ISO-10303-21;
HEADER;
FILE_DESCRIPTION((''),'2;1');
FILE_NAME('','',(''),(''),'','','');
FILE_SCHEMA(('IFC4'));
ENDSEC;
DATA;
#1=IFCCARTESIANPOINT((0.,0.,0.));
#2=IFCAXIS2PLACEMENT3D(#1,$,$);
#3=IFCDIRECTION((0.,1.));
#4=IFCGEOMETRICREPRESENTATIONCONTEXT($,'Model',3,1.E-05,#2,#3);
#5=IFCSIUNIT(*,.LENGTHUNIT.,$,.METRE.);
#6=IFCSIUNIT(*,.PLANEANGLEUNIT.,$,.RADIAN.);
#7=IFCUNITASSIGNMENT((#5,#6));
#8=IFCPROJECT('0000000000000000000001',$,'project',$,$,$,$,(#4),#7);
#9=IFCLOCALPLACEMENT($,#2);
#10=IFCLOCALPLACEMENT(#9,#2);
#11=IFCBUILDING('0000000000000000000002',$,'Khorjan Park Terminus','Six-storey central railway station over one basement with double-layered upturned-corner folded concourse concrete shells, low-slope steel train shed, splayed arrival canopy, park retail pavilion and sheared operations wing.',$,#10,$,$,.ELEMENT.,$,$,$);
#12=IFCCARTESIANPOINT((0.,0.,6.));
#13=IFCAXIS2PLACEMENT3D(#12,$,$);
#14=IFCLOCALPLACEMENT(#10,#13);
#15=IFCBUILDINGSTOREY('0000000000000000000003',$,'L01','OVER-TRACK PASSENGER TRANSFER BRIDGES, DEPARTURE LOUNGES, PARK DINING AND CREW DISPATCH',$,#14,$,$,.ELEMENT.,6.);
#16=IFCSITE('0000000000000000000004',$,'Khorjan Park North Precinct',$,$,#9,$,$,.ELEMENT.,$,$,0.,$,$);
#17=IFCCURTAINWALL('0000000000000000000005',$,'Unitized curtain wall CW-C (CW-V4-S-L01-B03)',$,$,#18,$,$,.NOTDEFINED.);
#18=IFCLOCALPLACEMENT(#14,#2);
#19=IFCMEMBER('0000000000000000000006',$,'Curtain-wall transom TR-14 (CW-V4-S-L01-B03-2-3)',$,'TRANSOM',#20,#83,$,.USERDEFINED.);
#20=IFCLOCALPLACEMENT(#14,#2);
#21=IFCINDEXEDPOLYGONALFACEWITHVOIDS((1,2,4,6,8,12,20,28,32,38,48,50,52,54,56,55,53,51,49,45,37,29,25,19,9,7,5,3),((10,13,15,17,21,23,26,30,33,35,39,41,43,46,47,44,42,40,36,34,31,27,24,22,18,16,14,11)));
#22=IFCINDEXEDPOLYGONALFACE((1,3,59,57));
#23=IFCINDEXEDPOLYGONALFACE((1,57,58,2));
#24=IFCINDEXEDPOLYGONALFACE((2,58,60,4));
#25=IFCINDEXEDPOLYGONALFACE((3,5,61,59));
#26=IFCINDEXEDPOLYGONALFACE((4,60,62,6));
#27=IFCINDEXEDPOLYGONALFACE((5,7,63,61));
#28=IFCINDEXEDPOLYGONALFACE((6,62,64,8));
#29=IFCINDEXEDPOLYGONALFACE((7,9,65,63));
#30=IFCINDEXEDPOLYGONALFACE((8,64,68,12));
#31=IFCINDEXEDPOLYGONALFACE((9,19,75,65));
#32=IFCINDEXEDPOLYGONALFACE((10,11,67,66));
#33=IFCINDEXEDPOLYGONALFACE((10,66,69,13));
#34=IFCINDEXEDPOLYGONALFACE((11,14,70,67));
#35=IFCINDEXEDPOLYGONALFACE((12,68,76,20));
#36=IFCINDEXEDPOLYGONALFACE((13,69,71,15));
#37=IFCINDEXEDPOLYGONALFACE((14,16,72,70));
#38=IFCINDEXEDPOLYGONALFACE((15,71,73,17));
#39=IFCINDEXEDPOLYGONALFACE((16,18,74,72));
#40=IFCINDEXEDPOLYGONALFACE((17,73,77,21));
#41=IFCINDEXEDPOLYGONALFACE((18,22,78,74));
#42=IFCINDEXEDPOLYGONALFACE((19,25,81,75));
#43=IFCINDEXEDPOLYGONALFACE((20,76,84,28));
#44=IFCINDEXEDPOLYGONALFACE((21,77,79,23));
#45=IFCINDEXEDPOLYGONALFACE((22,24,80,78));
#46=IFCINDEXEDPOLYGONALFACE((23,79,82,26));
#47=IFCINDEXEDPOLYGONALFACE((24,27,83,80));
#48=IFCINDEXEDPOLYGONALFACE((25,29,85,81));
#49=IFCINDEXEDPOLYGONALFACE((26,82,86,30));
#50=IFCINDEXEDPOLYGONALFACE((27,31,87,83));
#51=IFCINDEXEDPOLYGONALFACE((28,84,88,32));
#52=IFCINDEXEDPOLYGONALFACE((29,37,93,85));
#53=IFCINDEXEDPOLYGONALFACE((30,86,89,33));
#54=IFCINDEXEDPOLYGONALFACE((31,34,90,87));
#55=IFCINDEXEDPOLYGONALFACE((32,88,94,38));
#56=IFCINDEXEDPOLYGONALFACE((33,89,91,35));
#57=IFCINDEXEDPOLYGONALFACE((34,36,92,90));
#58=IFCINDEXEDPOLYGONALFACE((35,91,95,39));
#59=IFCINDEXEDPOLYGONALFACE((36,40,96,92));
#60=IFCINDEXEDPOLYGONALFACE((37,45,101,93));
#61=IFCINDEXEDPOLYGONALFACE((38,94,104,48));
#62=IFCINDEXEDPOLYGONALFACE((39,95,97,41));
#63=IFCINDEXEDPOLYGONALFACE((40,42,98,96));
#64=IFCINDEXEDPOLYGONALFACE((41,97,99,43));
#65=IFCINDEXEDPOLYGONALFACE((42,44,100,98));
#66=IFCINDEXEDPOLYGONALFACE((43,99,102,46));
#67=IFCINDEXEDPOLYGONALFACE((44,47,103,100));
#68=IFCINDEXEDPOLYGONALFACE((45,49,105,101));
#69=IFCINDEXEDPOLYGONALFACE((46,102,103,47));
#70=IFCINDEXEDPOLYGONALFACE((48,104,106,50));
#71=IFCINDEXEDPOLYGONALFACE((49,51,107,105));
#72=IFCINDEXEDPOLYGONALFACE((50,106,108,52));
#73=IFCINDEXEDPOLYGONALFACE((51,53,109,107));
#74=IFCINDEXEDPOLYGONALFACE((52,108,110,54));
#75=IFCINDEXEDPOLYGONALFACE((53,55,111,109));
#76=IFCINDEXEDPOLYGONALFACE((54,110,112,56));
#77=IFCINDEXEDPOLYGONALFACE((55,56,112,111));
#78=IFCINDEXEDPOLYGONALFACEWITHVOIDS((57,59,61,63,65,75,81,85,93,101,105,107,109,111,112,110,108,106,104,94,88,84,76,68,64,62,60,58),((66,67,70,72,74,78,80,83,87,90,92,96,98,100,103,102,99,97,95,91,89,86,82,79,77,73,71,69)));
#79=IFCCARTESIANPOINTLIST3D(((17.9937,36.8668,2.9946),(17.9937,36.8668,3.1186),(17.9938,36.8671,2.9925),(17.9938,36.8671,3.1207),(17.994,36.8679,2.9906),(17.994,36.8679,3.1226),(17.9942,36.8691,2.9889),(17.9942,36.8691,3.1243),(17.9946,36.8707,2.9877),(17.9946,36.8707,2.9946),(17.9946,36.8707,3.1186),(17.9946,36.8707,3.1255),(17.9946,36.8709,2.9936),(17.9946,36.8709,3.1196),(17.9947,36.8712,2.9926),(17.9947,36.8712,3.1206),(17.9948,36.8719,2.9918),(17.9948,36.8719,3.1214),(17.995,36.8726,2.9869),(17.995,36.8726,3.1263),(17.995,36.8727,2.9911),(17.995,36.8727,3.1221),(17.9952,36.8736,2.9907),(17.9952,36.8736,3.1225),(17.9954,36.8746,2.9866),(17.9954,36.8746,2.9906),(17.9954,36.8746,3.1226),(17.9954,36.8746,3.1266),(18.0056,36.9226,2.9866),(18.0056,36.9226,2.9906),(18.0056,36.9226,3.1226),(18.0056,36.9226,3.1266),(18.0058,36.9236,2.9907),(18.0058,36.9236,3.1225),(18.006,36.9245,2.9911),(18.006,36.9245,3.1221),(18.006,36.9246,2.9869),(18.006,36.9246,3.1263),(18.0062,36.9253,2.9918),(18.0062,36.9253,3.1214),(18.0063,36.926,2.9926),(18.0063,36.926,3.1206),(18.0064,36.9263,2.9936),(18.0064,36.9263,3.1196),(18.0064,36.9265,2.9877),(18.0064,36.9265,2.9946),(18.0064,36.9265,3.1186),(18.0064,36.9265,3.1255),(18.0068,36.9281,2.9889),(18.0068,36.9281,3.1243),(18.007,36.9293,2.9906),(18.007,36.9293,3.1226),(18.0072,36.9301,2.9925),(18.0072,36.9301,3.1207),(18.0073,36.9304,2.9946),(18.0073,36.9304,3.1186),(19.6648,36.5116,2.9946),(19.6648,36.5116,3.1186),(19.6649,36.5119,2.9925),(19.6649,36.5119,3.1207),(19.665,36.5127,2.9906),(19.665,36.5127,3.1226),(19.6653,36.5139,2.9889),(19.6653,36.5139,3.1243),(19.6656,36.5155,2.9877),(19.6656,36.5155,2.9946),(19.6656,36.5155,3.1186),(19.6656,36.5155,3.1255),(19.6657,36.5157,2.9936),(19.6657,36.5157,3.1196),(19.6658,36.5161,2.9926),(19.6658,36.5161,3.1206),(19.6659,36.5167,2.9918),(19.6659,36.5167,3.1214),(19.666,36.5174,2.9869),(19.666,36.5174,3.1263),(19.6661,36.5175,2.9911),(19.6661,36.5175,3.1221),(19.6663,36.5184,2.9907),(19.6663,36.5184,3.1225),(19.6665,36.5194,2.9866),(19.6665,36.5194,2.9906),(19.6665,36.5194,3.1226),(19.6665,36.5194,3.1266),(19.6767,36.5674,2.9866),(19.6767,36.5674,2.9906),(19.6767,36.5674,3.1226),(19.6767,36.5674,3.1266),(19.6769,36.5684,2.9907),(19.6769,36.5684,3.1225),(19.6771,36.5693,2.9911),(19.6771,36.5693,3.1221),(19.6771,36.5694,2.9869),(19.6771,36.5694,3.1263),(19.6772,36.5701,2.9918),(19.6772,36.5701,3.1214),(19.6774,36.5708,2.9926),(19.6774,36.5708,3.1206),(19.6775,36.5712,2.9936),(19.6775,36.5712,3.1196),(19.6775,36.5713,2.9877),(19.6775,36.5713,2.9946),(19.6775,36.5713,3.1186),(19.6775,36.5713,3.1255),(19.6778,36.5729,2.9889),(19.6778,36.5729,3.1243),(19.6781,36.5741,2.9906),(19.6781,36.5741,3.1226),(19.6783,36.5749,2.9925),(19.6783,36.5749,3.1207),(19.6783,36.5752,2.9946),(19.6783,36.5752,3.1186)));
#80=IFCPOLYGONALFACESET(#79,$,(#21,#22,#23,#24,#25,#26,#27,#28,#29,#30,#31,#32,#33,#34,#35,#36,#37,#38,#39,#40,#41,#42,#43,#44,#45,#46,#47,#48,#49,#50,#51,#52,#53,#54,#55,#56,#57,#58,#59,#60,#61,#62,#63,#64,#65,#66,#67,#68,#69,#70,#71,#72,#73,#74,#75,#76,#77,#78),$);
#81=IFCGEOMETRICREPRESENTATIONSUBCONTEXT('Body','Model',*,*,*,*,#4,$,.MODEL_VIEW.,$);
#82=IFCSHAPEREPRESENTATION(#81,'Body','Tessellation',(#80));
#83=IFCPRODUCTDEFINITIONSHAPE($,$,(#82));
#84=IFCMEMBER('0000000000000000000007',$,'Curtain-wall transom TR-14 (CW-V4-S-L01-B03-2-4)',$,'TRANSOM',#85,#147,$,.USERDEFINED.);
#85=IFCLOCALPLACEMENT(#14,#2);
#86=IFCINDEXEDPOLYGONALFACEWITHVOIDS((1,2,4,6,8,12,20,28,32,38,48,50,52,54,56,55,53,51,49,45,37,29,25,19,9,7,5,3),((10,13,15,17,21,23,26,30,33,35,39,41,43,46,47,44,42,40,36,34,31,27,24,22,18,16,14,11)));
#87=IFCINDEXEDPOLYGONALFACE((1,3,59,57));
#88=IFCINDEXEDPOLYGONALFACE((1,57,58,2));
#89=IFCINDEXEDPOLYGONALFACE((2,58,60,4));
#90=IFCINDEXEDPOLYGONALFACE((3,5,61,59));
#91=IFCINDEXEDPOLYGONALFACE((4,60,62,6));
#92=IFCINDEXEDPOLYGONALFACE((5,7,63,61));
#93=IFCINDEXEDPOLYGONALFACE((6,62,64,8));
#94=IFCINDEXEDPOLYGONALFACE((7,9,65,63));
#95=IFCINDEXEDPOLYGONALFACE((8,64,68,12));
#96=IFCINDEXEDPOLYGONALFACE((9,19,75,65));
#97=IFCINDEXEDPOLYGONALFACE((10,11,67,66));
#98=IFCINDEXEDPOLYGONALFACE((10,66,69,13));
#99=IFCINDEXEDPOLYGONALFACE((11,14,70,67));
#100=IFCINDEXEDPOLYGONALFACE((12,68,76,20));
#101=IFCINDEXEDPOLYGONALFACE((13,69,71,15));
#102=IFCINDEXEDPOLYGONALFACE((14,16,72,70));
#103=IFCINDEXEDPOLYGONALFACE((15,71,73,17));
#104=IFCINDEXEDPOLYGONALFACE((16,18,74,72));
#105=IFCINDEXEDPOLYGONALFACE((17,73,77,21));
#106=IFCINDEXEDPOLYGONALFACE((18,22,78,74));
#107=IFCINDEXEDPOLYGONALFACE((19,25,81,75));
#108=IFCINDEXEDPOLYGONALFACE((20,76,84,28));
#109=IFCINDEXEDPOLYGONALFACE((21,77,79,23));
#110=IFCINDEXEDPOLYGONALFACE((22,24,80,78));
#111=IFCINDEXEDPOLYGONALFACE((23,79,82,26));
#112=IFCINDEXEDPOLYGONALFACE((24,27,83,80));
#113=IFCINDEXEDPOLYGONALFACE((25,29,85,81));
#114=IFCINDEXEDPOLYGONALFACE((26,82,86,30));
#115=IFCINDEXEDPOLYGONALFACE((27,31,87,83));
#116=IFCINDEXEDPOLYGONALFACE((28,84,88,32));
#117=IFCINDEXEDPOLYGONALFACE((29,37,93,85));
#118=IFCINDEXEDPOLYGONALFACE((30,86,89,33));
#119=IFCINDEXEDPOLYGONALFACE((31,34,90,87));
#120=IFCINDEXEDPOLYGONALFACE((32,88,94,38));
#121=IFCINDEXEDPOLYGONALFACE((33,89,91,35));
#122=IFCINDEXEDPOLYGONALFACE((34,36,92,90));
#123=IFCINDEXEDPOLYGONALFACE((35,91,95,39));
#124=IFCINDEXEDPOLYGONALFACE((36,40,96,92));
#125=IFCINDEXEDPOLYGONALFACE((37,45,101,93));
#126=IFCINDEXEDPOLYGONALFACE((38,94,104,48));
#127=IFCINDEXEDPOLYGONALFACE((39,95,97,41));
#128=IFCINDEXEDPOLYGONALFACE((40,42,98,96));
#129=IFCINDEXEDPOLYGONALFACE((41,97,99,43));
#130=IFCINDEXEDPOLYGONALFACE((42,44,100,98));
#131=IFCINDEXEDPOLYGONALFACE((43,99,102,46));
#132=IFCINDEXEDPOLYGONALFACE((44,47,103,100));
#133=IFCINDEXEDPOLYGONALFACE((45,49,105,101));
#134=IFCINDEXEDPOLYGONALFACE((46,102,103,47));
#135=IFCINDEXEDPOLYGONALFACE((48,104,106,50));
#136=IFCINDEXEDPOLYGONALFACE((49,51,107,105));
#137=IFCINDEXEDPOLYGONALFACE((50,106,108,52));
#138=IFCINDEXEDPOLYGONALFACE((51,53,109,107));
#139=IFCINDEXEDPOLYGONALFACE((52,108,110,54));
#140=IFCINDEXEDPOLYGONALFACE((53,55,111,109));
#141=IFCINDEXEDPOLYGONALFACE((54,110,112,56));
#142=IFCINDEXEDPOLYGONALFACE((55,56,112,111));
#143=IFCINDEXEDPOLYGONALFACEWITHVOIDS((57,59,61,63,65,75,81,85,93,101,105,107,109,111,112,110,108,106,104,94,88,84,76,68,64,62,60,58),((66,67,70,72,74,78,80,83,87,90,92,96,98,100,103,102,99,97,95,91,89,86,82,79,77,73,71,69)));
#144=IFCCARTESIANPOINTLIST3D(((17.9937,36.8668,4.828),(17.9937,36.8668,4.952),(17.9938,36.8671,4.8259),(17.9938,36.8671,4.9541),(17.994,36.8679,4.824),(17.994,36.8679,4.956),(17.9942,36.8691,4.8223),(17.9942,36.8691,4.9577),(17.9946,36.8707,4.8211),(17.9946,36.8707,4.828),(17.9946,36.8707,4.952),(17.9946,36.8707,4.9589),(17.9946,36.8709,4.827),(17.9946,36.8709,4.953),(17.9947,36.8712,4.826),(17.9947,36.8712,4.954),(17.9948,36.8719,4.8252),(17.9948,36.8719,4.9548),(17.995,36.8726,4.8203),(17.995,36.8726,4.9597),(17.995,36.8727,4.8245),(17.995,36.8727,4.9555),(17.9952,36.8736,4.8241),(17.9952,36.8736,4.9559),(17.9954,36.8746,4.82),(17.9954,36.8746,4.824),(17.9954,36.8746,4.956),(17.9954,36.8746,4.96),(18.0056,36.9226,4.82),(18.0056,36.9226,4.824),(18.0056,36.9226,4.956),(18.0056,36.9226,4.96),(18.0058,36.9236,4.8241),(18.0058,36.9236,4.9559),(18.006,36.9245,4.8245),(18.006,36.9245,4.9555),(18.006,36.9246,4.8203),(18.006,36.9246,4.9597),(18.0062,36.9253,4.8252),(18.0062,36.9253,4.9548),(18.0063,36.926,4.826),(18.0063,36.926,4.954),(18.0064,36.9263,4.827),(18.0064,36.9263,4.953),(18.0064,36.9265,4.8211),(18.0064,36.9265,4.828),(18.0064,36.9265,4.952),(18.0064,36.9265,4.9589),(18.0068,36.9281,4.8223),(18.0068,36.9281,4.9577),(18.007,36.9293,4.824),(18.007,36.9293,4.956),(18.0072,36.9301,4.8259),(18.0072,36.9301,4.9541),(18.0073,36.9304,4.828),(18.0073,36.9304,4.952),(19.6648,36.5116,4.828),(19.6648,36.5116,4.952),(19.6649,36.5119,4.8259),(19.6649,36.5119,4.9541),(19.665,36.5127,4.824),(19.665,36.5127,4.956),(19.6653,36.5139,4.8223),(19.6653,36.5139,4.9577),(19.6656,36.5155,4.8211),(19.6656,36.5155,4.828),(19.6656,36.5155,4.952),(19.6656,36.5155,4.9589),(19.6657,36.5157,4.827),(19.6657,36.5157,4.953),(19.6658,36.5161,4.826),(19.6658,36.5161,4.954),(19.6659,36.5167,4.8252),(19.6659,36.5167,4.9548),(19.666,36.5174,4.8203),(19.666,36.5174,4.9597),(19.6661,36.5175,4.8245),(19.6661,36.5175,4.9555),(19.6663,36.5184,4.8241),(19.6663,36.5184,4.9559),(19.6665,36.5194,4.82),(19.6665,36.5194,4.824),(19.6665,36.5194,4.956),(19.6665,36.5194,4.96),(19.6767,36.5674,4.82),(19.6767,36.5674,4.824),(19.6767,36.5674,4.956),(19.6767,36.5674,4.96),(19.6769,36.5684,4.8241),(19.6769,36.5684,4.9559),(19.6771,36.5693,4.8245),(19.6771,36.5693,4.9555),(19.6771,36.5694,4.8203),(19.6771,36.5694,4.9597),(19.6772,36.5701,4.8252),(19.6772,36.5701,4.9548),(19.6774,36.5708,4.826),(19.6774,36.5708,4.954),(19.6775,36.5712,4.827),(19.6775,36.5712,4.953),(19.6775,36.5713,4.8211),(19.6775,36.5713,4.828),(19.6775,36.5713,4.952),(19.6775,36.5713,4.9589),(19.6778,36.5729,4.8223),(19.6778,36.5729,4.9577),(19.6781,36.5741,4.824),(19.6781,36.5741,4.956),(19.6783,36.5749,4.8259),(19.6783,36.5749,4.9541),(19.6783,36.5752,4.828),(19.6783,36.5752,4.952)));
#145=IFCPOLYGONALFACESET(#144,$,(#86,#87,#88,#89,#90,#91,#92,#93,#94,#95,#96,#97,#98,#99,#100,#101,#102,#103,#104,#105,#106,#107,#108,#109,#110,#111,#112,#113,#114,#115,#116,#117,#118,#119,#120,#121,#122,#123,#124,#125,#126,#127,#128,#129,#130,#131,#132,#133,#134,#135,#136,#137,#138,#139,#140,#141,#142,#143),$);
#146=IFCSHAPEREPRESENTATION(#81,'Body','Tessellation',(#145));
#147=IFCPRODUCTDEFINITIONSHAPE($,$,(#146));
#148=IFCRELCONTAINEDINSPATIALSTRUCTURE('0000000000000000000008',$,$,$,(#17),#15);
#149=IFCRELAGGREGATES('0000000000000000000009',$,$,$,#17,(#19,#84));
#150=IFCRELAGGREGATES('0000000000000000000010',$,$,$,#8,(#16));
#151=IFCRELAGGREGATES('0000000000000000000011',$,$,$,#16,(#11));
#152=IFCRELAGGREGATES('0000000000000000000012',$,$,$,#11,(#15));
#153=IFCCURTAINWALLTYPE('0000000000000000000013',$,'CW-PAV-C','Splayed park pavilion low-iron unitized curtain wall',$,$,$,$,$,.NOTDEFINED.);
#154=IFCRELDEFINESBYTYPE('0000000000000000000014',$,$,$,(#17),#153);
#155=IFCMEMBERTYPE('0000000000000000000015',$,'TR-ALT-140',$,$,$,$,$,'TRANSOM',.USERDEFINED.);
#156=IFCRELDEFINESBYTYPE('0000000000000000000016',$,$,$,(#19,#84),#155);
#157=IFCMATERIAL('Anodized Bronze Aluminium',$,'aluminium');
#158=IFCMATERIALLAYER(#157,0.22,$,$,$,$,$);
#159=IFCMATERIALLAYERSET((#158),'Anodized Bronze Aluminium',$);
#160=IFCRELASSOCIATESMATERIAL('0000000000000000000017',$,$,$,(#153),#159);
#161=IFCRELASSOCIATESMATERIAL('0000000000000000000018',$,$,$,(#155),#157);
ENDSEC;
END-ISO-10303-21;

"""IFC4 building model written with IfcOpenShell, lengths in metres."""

from ifc_helpers import new_model, si_unit, direction, frame, origin, origin_2d, place, context, subcontext, project, spatial, hollow_rectangle, extrude, material, layer, layer_set, material_profile, profile_set, type_object, element, aggregate, save


model = new_model("IFC4")

# Units and contexts
model_context = context("Model", 3, precision=1e-05, world=origin(), true_north=direction((0.0, 1.0)))
body_context = subcontext(model_context, "Body", "Model", "MODEL_VIEW")
ifc_project = project(units=[si_unit("LENGTHUNIT", "METRE"), si_unit("PLANEANGLEUNIT", "RADIAN")], contexts=[model_context])

# Site, building, storey
site_placement = place(None, origin())
site = spatial("IfcSite", under=ifc_project, at=site_placement, Name="Khorjan Park North Precinct", CompositionType="ELEMENT", RefElevation=0.0)
building_placement = place(site_placement, origin())
building = spatial("IfcBuilding", under=site, at=building_placement, Name="Khorjan Park Terminus", Description="Six-storey central railway station over one basement with double-layered upturned-corner folded concourse concrete shells, low-slope steel train shed, splayed arrival canopy, park retail pavilion and sheared operations wing.", CompositionType="ELEMENT")
storey_placement = place(building_placement, frame((0.0, 0.0, 6.0)))
storey = spatial("IfcBuildingStorey", under=building, at=storey_placement, Name="L01", Description="OVER-TRACK PASSENGER TRANSFER BRIDGES, DEPARTURE LOUNGES, PARK DINING AND CREW DISPATCH", CompositionType="ELEMENT", Elevation=6.0)

# Curtain wall
ifc_material_1 = material(Name="Anodized Bronze Aluminium", Category="aluminium")
ifc_layer_1 = layer(ifc_material_1, 0.22)
ifc_layer_set_1 = layer_set([ifc_layer_1], Name="Anodized Bronze Aluminium")
curtain_wall_type = type_object("IfcCurtainWallType", Name="CW-PAV-C", Description="Splayed park pavilion low-iron unitized curtain wall", PredefinedType="NOTDEFINED", material=ifc_layer_set_1)
curtain_wall_1_placement = place(storey_placement, origin())
curtain_wall_1 = element("IfcCurtainWall", 1, at=curtain_wall_1_placement, inside=storey, type_object=curtain_wall_type, Name="Unitized curtain wall CW-C (CW-V4-S-L01-B03)", PredefinedType="NOTDEFINED")

# Members
ifc_material_profile_1 = material_profile(ifc_material_1, hollow_rectangle(XDim=0.065, YDim=0.14, WallThickness=0.004, InnerFilletRadius=0.004, OuterFilletRadius=0.008, at=origin_2d()), Name="ALT 65x140x4")
ifc_profile_set_1 = profile_set([ifc_material_profile_1], Name="Anodized Bronze Aluminium")
member_type_1 = type_object("IfcMemberType", Name="TR-ALT-140", ElementType="TRANSOM", PredefinedType="USERDEFINED", material=ifc_profile_set_1)
member_1_placement = place(storey_placement, frame((18.0005, 36.8986, 3.0566), z_axis=(0.978148, -0.20791, 0.0), x_axis=(0.20791, 0.978148, 0.0)))
member_1 = element("IfcMember", 2, at=member_1_placement, type_object=member_type_1, Name="Curtain-wall transom TR-14 (CW-V4-S-L01-B03-2-3)", ObjectType="TRANSOM", PredefinedType="USERDEFINED", context=body_context, shape_type="SweptSolid", body=[
    extrude(hollow_rectangle(XDim=0.065, YDim=0.14, WallThickness=0.004, InnerFilletRadius=0.004, OuterFilletRadius=0.008, at=origin_2d()), origin(), (0.0, 0.0, 1.0), 1.7084),
])
member_2_placement = place(storey_placement, frame((18.0005, 36.8986, 4.89), z_axis=(0.978148, -0.20791, 0.0), x_axis=(0.20791, 0.978148, 0.0)))
member_2 = element("IfcMember", 3, at=member_2_placement, type_object=member_type_1, Name="Curtain-wall transom TR-14 (CW-V4-S-L01-B03-2-4)", ObjectType="TRANSOM", PredefinedType="USERDEFINED", context=body_context, shape_type="SweptSolid", body=[
    extrude(hollow_rectangle(XDim=0.065, YDim=0.14, WallThickness=0.004, InnerFilletRadius=0.004, OuterFilletRadius=0.008, at=origin_2d()), origin(), (0.0, 0.0, 1.0), 1.7084),
])

aggregate(curtain_wall_1, [member_1, member_2])

save(model, "model.ifc")
